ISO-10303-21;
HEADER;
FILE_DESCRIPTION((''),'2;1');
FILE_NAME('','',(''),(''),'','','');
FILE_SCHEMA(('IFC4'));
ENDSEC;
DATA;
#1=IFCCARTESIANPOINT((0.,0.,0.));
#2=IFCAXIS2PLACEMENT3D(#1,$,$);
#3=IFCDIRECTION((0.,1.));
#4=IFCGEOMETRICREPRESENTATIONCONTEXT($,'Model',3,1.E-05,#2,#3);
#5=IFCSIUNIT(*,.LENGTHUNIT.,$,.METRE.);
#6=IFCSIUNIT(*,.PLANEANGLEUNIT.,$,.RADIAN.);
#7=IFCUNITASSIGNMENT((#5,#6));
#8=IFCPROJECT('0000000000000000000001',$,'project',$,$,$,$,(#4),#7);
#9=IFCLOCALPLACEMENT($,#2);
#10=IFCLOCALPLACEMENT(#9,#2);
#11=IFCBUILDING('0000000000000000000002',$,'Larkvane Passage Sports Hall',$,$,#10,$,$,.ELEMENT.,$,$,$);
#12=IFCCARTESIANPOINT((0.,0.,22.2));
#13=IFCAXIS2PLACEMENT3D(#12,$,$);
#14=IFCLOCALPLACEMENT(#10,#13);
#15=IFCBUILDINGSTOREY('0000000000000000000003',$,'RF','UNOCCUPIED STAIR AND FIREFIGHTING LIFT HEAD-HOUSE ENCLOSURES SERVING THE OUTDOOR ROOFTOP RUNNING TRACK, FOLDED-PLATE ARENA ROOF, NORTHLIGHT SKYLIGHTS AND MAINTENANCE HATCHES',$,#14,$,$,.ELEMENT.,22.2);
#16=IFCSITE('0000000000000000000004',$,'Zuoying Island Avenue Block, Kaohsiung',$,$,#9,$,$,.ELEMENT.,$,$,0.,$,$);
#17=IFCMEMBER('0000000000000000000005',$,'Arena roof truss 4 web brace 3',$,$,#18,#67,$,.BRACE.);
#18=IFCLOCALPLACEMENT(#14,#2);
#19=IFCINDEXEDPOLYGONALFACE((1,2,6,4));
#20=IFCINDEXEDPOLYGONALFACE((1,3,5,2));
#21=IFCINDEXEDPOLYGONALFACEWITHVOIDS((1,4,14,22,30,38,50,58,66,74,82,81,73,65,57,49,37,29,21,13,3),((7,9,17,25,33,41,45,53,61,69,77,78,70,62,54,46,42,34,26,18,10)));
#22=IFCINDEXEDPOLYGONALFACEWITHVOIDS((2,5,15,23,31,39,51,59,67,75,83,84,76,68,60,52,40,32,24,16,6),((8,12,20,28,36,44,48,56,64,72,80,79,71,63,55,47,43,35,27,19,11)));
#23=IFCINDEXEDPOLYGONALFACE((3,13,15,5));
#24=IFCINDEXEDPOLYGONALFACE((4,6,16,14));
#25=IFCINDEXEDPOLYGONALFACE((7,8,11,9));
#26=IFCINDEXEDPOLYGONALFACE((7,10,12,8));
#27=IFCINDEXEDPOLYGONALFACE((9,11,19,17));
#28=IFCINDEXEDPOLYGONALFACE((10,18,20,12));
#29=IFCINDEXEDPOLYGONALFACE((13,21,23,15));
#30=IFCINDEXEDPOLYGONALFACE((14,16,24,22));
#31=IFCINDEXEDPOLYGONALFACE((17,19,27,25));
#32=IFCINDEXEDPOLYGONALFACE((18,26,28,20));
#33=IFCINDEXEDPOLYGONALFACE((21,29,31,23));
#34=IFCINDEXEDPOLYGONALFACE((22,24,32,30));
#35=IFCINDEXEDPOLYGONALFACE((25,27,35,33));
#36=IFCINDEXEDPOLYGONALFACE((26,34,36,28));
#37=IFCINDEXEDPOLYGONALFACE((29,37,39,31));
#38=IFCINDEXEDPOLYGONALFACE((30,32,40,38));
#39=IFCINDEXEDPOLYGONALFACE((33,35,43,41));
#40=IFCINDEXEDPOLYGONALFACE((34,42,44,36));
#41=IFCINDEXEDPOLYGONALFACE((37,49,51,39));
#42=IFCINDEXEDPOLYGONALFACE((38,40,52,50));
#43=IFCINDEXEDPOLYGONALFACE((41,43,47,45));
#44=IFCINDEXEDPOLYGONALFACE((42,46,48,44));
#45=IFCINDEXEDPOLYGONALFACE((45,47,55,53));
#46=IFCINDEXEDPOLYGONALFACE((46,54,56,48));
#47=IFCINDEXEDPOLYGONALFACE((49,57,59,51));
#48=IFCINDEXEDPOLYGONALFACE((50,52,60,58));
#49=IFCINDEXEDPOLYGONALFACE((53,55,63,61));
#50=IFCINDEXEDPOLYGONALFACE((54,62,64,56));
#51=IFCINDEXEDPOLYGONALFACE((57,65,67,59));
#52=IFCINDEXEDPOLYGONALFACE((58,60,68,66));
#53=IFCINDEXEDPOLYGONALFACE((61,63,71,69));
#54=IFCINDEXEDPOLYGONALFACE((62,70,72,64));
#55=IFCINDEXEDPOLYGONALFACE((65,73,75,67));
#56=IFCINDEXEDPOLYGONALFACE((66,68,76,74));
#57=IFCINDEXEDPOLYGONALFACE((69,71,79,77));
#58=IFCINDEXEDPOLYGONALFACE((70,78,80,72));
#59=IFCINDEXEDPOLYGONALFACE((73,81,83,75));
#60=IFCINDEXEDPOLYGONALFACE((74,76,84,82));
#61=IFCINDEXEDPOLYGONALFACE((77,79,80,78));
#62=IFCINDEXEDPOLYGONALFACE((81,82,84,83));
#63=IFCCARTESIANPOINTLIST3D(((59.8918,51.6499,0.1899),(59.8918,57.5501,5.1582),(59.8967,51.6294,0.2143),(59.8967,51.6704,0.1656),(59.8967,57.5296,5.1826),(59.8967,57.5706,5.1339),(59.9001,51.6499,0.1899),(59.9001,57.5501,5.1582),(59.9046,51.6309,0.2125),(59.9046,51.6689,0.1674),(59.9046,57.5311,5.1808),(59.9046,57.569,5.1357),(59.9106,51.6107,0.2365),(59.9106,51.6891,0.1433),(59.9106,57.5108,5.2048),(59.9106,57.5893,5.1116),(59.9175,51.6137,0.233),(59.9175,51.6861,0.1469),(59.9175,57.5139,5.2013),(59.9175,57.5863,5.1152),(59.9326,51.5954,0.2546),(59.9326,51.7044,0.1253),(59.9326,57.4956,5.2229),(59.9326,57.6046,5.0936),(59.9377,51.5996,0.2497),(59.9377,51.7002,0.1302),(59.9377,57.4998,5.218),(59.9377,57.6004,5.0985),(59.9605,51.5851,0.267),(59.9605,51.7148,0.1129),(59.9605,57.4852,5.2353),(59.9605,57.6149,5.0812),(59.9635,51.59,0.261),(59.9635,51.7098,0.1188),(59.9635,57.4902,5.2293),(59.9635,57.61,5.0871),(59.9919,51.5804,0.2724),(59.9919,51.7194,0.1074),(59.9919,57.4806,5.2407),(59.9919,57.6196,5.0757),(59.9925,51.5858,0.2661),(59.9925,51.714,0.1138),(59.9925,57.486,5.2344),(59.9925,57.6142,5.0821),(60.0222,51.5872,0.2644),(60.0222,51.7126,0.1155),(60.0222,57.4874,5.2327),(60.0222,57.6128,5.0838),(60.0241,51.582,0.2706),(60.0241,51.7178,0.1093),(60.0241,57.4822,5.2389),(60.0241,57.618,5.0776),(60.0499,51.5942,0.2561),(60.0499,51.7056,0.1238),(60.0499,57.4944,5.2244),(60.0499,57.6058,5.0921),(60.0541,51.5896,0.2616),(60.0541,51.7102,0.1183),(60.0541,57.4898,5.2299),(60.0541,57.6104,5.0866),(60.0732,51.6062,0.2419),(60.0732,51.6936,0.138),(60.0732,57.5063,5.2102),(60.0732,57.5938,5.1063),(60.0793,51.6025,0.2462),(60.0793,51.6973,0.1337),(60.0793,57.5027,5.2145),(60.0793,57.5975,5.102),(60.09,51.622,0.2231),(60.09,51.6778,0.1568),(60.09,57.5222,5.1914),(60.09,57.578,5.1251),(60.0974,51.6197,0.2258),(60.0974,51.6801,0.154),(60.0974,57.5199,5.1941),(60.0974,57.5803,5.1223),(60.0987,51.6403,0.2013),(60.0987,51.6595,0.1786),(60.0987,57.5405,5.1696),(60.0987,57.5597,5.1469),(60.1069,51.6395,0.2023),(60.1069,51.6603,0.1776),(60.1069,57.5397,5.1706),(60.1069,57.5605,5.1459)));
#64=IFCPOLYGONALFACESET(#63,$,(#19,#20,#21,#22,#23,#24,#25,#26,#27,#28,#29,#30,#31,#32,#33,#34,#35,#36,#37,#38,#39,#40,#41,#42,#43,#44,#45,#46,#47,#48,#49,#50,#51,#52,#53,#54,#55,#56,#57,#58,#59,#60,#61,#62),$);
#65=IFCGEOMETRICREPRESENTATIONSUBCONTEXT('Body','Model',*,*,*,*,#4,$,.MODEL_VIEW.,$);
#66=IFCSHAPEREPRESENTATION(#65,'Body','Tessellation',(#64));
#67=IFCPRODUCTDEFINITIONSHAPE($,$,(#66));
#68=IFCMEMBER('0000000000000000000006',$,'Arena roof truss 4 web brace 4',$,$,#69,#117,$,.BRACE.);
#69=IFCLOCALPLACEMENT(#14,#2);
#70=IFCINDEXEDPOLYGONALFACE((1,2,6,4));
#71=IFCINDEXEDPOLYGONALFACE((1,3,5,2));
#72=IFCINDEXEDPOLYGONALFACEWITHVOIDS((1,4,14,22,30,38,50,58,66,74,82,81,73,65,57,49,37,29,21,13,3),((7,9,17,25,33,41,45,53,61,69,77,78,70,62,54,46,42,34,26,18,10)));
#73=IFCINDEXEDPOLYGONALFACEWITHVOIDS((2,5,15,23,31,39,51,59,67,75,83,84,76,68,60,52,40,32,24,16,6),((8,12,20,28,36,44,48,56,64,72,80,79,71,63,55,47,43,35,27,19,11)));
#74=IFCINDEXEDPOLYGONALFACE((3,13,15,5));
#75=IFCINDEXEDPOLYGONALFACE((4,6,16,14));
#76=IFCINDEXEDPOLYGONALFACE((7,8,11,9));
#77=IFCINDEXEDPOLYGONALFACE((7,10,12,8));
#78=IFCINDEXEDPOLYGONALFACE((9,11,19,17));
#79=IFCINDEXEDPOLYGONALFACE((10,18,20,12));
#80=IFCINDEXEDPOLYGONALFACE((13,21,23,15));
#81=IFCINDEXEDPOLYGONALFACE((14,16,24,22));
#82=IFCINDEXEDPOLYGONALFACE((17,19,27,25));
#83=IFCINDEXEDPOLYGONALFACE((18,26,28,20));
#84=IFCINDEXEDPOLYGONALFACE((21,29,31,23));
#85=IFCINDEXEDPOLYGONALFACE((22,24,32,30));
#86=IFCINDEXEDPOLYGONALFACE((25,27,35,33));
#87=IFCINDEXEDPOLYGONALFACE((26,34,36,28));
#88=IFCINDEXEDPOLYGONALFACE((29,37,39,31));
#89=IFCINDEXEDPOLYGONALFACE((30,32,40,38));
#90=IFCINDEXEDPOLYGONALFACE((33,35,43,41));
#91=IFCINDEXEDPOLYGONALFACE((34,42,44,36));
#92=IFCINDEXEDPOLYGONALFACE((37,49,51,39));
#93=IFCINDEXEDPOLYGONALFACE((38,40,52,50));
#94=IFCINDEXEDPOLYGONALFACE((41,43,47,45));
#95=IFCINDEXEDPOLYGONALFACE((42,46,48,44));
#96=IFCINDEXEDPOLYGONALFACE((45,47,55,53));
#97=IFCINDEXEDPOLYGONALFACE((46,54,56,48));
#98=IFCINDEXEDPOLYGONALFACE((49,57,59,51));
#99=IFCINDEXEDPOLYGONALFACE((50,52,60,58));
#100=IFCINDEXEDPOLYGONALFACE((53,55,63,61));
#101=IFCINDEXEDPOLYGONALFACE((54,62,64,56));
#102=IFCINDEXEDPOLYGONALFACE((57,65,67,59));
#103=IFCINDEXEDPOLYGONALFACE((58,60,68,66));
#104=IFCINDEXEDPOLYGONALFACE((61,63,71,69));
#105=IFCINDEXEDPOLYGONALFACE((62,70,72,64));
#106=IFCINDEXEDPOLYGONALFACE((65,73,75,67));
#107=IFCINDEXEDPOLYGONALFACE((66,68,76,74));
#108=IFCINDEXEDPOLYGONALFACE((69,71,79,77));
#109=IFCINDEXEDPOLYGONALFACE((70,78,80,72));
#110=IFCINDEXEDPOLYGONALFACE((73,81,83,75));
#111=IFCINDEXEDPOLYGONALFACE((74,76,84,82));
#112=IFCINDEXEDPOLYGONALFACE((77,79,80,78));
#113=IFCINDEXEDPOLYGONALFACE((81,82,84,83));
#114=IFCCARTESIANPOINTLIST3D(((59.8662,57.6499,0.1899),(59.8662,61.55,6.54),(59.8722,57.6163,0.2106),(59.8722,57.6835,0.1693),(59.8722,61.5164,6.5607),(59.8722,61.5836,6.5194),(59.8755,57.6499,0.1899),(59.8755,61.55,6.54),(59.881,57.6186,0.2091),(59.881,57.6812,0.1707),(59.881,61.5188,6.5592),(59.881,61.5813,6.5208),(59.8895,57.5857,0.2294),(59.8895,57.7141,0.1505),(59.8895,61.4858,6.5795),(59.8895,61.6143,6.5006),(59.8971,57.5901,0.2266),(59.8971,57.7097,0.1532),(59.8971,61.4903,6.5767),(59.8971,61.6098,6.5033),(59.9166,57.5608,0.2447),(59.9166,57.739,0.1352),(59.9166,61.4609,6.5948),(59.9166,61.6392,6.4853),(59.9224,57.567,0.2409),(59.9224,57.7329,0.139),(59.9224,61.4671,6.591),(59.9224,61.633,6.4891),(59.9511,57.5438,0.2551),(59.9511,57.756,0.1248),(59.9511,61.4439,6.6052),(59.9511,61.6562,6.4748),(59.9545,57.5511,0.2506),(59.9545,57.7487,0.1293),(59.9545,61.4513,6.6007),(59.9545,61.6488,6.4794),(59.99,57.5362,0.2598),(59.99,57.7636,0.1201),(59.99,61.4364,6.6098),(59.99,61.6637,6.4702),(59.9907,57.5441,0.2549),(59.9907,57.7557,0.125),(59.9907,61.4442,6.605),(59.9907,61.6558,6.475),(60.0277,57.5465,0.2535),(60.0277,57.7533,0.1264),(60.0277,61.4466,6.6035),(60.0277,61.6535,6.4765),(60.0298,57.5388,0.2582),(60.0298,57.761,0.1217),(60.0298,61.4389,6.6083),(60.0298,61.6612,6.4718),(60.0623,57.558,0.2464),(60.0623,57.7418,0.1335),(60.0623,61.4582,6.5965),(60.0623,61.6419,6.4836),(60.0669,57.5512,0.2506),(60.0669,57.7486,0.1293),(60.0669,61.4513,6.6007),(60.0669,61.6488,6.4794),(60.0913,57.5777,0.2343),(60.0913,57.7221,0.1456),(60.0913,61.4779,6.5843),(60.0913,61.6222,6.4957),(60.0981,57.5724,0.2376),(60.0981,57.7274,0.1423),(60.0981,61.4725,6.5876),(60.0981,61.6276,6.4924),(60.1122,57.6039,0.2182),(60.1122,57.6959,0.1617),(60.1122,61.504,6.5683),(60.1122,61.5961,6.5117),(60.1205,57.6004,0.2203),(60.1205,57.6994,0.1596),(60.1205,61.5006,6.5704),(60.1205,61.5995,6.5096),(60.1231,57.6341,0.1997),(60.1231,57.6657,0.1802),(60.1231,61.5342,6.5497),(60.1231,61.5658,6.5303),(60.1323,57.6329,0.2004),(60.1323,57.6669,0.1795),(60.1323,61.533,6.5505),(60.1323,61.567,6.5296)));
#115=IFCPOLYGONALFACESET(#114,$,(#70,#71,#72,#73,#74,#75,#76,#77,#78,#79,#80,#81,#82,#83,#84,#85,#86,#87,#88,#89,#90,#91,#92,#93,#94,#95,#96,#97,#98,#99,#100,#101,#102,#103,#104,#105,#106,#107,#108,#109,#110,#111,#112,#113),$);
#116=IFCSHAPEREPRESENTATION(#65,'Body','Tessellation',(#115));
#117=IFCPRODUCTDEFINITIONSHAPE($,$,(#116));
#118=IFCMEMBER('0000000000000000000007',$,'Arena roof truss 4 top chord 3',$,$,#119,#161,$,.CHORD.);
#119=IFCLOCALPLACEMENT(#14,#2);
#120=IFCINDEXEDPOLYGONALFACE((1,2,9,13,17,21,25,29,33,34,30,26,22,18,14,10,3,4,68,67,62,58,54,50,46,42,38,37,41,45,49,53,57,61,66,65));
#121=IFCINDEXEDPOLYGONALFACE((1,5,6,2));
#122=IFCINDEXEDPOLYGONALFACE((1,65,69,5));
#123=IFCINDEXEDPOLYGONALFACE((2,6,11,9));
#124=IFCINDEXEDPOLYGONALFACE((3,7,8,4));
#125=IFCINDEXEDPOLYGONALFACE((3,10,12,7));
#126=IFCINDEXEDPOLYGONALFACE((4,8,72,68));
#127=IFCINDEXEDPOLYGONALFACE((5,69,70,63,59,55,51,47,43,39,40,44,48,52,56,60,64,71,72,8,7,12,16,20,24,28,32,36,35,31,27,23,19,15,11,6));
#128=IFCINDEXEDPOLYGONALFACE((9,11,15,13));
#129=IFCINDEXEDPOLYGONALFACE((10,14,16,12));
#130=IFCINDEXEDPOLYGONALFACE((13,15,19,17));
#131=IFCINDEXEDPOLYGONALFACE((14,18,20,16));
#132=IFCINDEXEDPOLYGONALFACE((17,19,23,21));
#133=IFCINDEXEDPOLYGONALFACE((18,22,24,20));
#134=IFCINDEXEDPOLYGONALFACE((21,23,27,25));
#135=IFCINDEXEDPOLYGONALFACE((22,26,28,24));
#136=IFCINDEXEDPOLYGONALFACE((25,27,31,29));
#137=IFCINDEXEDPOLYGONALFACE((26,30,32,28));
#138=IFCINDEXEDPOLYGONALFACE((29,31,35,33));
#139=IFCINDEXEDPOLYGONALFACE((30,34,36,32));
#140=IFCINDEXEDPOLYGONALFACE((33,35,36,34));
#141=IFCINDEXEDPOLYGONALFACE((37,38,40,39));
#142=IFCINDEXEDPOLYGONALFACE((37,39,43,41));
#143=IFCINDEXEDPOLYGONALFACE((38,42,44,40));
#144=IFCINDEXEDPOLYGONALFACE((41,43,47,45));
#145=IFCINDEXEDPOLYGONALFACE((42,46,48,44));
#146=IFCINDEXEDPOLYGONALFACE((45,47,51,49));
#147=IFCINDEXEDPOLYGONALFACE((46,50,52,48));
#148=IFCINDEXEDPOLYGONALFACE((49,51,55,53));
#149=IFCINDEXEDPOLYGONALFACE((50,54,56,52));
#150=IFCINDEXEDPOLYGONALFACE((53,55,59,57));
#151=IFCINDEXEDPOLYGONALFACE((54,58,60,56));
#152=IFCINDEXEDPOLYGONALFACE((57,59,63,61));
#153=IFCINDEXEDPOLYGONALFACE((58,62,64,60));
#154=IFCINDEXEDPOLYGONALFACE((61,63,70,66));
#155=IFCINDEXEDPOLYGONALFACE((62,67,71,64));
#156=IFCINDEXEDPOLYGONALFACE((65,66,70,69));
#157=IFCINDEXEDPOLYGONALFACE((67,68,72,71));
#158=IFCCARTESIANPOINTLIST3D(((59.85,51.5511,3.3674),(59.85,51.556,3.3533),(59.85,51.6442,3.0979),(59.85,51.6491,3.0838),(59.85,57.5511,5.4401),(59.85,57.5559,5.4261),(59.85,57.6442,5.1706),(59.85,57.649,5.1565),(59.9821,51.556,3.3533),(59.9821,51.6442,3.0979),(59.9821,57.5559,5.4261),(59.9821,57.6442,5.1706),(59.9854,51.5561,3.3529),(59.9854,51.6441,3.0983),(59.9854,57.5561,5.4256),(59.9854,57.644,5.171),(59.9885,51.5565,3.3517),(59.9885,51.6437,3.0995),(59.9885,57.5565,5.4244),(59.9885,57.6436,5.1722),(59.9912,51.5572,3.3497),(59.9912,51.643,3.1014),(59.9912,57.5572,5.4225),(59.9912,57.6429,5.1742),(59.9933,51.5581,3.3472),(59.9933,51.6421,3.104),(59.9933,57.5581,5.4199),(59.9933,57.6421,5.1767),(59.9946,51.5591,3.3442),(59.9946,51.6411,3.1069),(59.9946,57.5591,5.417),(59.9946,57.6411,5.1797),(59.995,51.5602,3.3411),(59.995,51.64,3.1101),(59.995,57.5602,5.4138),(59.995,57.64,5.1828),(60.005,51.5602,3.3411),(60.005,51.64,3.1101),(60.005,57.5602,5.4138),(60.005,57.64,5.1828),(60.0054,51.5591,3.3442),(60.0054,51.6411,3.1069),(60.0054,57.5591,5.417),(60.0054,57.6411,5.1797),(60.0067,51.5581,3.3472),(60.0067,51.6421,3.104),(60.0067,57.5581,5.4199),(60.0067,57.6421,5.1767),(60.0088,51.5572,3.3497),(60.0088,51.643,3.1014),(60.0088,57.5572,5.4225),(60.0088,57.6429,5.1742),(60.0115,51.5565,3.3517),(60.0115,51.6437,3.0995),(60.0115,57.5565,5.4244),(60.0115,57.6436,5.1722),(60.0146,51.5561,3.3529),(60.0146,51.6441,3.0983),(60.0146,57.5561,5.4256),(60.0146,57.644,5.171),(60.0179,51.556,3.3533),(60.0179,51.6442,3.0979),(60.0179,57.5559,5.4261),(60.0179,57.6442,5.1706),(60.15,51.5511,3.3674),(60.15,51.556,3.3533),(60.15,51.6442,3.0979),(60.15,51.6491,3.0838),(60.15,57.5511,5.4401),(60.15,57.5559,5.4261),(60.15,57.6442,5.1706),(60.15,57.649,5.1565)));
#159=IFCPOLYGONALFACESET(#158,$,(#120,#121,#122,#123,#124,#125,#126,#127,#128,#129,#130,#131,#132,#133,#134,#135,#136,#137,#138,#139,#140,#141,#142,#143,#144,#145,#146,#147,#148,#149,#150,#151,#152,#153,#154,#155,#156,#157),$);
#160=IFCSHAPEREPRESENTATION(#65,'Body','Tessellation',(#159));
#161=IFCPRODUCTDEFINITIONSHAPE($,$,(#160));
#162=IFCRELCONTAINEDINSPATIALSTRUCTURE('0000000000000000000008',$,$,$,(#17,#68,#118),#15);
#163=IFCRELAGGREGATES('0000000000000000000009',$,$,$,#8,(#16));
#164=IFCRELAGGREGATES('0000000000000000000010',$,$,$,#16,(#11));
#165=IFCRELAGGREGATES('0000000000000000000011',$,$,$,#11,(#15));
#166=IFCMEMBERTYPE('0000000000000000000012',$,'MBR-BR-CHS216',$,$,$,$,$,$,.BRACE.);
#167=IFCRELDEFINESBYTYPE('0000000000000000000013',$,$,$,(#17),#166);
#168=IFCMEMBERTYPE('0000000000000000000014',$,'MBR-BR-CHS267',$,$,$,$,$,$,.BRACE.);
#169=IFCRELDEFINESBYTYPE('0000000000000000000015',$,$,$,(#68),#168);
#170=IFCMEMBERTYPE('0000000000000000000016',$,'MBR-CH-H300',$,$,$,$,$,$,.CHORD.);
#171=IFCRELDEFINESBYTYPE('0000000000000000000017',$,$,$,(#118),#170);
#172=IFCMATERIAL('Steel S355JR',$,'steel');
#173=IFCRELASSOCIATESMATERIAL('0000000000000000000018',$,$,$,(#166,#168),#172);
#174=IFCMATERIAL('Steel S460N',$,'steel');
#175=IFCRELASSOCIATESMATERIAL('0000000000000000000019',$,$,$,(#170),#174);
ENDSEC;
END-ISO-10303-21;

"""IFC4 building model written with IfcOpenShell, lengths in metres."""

from ifc_helpers import new_model, si_unit, direction, frame, origin, origin_2d, place, context, subcontext, project, spatial, hollow_circle, i_section, extrude, material, material_profile, profile_set, type_object, element, save


model = new_model("IFC4")

# Units and contexts
model_context = context("Model", 3, precision=1e-05, world=origin(), true_north=direction((0.0, 1.0)))
body_context = subcontext(model_context, "Body", "Model", "MODEL_VIEW")
ifc_project = project(units=[si_unit("LENGTHUNIT", "METRE"), si_unit("PLANEANGLEUNIT", "RADIAN")], contexts=[model_context])

# Site, building, storey
site_placement = place(None, origin())
site = spatial("IfcSite", under=ifc_project, at=site_placement, Name="Zuoying Island Avenue Block, Kaohsiung", CompositionType="ELEMENT", RefElevation=0.0)
building_placement = place(site_placement, origin())
building = spatial("IfcBuilding", under=site, at=building_placement, Name="Larkvane Passage Sports Hall", CompositionType="ELEMENT")
storey_placement = place(building_placement, frame((0.0, 0.0, 22.2)))
storey = spatial("IfcBuildingStorey", under=building, at=storey_placement, Name="RF", Description="UNOCCUPIED STAIR AND FIREFIGHTING LIFT HEAD-HOUSE ENCLOSURES SERVING THE OUTDOOR ROOFTOP RUNNING TRACK, FOLDED-PLATE ARENA ROOF, NORTHLIGHT SKYLIGHTS AND MAINTENANCE HATCHES", CompositionType="ELEMENT", Elevation=22.2)

# Members
ifc_material_1 = material(Name="Steel S355JR", Category="steel")
ifc_material_profile_1 = material_profile(ifc_material_1, hollow_circle(Radius=0.1082, WallThickness=0.0083, at=origin_2d()), Name="CHS-216.3x8.2")
ifc_profile_set_1 = profile_set([ifc_material_profile_1], Name="Steel S355JR")
member_type_1 = type_object("IfcMemberType", Name="MBR-BR-CHS216", PredefinedType="BRACE", material=ifc_profile_set_1)
member_1_placement = place(storey_placement, frame((60.0, 51.6499, 0.1899), z_axis=(0.0, 0.764929, 0.644114), x_axis=(-1.0, 0.0, 0.0)))
element("IfcMember", 1, at=member_1_placement, inside=storey, type_object=member_type_1, Name="Arena roof truss 4 web brace 3", PredefinedType="BRACE", context=body_context, shape_type="SweptSolid", body=[
    extrude(hollow_circle(Radius=0.1082, WallThickness=0.0083, at=origin_2d()), origin(), (0.0, 0.0, 1.0), 7.7134),
])
ifc_material_profile_2 = material_profile(ifc_material_1, hollow_circle(Radius=0.1338, WallThickness=0.0093, at=origin_2d()), Name="CHS-267.4x9.3")
ifc_profile_set_2 = profile_set([ifc_material_profile_2], Name="Steel S355JR")
member_type_2 = type_object("IfcMemberType", Name="MBR-BR-CHS267", PredefinedType="BRACE", material=ifc_profile_set_2)
member_2_placement = place(storey_placement, frame((60.0, 57.6499, 0.1899), z_axis=(0.0, 0.523357, 0.852114), x_axis=(-1.0, 0.0, 0.0)))
element("IfcMember", 2, at=member_2_placement, inside=storey, type_object=member_type_2, Name="Arena roof truss 4 web brace 4", PredefinedType="BRACE", context=body_context, shape_type="SweptSolid", body=[
    extrude(hollow_circle(Radius=0.1338, WallThickness=0.0093, at=origin_2d()), origin(), (0.0, 0.0, 1.0), 7.4521),
])
ifc_material_2 = material(Name="Steel S460N", Category="steel")
ifc_material_profile_3 = material_profile(ifc_material_2, i_section(OverallWidth=0.3, OverallDepth=0.3, WebThickness=0.01, FlangeThickness=0.0149, FilletRadius=0.0129, at=origin_2d()), Name="H-300x300x10x15")
ifc_profile_set_3 = profile_set([ifc_material_profile_3], Name="Steel S460N")
member_type_3 = type_object("IfcMemberType", Name="MBR-CH-H300", PredefinedType="CHORD", material=ifc_profile_set_3)
member_3_placement = place(storey_placement, frame((60.0, 51.6001, 3.2256), z_axis=(0.0, 0.945189, 0.326524), x_axis=(-1.0, 0.0, 0.0)))
element("IfcMember", 3, at=member_3_placement, inside=storey, type_object=member_type_3, Name="Arena roof truss 4 top chord 3", PredefinedType="CHORD", context=body_context, shape_type="SweptSolid", body=[
    extrude(i_section(OverallWidth=0.3, OverallDepth=0.3, WebThickness=0.01, FlangeThickness=0.0149, FilletRadius=0.0129, at=origin_2d()), origin(), (0.0, 0.0, 1.0), 6.3479),
])

save(model, "model.ifc")
